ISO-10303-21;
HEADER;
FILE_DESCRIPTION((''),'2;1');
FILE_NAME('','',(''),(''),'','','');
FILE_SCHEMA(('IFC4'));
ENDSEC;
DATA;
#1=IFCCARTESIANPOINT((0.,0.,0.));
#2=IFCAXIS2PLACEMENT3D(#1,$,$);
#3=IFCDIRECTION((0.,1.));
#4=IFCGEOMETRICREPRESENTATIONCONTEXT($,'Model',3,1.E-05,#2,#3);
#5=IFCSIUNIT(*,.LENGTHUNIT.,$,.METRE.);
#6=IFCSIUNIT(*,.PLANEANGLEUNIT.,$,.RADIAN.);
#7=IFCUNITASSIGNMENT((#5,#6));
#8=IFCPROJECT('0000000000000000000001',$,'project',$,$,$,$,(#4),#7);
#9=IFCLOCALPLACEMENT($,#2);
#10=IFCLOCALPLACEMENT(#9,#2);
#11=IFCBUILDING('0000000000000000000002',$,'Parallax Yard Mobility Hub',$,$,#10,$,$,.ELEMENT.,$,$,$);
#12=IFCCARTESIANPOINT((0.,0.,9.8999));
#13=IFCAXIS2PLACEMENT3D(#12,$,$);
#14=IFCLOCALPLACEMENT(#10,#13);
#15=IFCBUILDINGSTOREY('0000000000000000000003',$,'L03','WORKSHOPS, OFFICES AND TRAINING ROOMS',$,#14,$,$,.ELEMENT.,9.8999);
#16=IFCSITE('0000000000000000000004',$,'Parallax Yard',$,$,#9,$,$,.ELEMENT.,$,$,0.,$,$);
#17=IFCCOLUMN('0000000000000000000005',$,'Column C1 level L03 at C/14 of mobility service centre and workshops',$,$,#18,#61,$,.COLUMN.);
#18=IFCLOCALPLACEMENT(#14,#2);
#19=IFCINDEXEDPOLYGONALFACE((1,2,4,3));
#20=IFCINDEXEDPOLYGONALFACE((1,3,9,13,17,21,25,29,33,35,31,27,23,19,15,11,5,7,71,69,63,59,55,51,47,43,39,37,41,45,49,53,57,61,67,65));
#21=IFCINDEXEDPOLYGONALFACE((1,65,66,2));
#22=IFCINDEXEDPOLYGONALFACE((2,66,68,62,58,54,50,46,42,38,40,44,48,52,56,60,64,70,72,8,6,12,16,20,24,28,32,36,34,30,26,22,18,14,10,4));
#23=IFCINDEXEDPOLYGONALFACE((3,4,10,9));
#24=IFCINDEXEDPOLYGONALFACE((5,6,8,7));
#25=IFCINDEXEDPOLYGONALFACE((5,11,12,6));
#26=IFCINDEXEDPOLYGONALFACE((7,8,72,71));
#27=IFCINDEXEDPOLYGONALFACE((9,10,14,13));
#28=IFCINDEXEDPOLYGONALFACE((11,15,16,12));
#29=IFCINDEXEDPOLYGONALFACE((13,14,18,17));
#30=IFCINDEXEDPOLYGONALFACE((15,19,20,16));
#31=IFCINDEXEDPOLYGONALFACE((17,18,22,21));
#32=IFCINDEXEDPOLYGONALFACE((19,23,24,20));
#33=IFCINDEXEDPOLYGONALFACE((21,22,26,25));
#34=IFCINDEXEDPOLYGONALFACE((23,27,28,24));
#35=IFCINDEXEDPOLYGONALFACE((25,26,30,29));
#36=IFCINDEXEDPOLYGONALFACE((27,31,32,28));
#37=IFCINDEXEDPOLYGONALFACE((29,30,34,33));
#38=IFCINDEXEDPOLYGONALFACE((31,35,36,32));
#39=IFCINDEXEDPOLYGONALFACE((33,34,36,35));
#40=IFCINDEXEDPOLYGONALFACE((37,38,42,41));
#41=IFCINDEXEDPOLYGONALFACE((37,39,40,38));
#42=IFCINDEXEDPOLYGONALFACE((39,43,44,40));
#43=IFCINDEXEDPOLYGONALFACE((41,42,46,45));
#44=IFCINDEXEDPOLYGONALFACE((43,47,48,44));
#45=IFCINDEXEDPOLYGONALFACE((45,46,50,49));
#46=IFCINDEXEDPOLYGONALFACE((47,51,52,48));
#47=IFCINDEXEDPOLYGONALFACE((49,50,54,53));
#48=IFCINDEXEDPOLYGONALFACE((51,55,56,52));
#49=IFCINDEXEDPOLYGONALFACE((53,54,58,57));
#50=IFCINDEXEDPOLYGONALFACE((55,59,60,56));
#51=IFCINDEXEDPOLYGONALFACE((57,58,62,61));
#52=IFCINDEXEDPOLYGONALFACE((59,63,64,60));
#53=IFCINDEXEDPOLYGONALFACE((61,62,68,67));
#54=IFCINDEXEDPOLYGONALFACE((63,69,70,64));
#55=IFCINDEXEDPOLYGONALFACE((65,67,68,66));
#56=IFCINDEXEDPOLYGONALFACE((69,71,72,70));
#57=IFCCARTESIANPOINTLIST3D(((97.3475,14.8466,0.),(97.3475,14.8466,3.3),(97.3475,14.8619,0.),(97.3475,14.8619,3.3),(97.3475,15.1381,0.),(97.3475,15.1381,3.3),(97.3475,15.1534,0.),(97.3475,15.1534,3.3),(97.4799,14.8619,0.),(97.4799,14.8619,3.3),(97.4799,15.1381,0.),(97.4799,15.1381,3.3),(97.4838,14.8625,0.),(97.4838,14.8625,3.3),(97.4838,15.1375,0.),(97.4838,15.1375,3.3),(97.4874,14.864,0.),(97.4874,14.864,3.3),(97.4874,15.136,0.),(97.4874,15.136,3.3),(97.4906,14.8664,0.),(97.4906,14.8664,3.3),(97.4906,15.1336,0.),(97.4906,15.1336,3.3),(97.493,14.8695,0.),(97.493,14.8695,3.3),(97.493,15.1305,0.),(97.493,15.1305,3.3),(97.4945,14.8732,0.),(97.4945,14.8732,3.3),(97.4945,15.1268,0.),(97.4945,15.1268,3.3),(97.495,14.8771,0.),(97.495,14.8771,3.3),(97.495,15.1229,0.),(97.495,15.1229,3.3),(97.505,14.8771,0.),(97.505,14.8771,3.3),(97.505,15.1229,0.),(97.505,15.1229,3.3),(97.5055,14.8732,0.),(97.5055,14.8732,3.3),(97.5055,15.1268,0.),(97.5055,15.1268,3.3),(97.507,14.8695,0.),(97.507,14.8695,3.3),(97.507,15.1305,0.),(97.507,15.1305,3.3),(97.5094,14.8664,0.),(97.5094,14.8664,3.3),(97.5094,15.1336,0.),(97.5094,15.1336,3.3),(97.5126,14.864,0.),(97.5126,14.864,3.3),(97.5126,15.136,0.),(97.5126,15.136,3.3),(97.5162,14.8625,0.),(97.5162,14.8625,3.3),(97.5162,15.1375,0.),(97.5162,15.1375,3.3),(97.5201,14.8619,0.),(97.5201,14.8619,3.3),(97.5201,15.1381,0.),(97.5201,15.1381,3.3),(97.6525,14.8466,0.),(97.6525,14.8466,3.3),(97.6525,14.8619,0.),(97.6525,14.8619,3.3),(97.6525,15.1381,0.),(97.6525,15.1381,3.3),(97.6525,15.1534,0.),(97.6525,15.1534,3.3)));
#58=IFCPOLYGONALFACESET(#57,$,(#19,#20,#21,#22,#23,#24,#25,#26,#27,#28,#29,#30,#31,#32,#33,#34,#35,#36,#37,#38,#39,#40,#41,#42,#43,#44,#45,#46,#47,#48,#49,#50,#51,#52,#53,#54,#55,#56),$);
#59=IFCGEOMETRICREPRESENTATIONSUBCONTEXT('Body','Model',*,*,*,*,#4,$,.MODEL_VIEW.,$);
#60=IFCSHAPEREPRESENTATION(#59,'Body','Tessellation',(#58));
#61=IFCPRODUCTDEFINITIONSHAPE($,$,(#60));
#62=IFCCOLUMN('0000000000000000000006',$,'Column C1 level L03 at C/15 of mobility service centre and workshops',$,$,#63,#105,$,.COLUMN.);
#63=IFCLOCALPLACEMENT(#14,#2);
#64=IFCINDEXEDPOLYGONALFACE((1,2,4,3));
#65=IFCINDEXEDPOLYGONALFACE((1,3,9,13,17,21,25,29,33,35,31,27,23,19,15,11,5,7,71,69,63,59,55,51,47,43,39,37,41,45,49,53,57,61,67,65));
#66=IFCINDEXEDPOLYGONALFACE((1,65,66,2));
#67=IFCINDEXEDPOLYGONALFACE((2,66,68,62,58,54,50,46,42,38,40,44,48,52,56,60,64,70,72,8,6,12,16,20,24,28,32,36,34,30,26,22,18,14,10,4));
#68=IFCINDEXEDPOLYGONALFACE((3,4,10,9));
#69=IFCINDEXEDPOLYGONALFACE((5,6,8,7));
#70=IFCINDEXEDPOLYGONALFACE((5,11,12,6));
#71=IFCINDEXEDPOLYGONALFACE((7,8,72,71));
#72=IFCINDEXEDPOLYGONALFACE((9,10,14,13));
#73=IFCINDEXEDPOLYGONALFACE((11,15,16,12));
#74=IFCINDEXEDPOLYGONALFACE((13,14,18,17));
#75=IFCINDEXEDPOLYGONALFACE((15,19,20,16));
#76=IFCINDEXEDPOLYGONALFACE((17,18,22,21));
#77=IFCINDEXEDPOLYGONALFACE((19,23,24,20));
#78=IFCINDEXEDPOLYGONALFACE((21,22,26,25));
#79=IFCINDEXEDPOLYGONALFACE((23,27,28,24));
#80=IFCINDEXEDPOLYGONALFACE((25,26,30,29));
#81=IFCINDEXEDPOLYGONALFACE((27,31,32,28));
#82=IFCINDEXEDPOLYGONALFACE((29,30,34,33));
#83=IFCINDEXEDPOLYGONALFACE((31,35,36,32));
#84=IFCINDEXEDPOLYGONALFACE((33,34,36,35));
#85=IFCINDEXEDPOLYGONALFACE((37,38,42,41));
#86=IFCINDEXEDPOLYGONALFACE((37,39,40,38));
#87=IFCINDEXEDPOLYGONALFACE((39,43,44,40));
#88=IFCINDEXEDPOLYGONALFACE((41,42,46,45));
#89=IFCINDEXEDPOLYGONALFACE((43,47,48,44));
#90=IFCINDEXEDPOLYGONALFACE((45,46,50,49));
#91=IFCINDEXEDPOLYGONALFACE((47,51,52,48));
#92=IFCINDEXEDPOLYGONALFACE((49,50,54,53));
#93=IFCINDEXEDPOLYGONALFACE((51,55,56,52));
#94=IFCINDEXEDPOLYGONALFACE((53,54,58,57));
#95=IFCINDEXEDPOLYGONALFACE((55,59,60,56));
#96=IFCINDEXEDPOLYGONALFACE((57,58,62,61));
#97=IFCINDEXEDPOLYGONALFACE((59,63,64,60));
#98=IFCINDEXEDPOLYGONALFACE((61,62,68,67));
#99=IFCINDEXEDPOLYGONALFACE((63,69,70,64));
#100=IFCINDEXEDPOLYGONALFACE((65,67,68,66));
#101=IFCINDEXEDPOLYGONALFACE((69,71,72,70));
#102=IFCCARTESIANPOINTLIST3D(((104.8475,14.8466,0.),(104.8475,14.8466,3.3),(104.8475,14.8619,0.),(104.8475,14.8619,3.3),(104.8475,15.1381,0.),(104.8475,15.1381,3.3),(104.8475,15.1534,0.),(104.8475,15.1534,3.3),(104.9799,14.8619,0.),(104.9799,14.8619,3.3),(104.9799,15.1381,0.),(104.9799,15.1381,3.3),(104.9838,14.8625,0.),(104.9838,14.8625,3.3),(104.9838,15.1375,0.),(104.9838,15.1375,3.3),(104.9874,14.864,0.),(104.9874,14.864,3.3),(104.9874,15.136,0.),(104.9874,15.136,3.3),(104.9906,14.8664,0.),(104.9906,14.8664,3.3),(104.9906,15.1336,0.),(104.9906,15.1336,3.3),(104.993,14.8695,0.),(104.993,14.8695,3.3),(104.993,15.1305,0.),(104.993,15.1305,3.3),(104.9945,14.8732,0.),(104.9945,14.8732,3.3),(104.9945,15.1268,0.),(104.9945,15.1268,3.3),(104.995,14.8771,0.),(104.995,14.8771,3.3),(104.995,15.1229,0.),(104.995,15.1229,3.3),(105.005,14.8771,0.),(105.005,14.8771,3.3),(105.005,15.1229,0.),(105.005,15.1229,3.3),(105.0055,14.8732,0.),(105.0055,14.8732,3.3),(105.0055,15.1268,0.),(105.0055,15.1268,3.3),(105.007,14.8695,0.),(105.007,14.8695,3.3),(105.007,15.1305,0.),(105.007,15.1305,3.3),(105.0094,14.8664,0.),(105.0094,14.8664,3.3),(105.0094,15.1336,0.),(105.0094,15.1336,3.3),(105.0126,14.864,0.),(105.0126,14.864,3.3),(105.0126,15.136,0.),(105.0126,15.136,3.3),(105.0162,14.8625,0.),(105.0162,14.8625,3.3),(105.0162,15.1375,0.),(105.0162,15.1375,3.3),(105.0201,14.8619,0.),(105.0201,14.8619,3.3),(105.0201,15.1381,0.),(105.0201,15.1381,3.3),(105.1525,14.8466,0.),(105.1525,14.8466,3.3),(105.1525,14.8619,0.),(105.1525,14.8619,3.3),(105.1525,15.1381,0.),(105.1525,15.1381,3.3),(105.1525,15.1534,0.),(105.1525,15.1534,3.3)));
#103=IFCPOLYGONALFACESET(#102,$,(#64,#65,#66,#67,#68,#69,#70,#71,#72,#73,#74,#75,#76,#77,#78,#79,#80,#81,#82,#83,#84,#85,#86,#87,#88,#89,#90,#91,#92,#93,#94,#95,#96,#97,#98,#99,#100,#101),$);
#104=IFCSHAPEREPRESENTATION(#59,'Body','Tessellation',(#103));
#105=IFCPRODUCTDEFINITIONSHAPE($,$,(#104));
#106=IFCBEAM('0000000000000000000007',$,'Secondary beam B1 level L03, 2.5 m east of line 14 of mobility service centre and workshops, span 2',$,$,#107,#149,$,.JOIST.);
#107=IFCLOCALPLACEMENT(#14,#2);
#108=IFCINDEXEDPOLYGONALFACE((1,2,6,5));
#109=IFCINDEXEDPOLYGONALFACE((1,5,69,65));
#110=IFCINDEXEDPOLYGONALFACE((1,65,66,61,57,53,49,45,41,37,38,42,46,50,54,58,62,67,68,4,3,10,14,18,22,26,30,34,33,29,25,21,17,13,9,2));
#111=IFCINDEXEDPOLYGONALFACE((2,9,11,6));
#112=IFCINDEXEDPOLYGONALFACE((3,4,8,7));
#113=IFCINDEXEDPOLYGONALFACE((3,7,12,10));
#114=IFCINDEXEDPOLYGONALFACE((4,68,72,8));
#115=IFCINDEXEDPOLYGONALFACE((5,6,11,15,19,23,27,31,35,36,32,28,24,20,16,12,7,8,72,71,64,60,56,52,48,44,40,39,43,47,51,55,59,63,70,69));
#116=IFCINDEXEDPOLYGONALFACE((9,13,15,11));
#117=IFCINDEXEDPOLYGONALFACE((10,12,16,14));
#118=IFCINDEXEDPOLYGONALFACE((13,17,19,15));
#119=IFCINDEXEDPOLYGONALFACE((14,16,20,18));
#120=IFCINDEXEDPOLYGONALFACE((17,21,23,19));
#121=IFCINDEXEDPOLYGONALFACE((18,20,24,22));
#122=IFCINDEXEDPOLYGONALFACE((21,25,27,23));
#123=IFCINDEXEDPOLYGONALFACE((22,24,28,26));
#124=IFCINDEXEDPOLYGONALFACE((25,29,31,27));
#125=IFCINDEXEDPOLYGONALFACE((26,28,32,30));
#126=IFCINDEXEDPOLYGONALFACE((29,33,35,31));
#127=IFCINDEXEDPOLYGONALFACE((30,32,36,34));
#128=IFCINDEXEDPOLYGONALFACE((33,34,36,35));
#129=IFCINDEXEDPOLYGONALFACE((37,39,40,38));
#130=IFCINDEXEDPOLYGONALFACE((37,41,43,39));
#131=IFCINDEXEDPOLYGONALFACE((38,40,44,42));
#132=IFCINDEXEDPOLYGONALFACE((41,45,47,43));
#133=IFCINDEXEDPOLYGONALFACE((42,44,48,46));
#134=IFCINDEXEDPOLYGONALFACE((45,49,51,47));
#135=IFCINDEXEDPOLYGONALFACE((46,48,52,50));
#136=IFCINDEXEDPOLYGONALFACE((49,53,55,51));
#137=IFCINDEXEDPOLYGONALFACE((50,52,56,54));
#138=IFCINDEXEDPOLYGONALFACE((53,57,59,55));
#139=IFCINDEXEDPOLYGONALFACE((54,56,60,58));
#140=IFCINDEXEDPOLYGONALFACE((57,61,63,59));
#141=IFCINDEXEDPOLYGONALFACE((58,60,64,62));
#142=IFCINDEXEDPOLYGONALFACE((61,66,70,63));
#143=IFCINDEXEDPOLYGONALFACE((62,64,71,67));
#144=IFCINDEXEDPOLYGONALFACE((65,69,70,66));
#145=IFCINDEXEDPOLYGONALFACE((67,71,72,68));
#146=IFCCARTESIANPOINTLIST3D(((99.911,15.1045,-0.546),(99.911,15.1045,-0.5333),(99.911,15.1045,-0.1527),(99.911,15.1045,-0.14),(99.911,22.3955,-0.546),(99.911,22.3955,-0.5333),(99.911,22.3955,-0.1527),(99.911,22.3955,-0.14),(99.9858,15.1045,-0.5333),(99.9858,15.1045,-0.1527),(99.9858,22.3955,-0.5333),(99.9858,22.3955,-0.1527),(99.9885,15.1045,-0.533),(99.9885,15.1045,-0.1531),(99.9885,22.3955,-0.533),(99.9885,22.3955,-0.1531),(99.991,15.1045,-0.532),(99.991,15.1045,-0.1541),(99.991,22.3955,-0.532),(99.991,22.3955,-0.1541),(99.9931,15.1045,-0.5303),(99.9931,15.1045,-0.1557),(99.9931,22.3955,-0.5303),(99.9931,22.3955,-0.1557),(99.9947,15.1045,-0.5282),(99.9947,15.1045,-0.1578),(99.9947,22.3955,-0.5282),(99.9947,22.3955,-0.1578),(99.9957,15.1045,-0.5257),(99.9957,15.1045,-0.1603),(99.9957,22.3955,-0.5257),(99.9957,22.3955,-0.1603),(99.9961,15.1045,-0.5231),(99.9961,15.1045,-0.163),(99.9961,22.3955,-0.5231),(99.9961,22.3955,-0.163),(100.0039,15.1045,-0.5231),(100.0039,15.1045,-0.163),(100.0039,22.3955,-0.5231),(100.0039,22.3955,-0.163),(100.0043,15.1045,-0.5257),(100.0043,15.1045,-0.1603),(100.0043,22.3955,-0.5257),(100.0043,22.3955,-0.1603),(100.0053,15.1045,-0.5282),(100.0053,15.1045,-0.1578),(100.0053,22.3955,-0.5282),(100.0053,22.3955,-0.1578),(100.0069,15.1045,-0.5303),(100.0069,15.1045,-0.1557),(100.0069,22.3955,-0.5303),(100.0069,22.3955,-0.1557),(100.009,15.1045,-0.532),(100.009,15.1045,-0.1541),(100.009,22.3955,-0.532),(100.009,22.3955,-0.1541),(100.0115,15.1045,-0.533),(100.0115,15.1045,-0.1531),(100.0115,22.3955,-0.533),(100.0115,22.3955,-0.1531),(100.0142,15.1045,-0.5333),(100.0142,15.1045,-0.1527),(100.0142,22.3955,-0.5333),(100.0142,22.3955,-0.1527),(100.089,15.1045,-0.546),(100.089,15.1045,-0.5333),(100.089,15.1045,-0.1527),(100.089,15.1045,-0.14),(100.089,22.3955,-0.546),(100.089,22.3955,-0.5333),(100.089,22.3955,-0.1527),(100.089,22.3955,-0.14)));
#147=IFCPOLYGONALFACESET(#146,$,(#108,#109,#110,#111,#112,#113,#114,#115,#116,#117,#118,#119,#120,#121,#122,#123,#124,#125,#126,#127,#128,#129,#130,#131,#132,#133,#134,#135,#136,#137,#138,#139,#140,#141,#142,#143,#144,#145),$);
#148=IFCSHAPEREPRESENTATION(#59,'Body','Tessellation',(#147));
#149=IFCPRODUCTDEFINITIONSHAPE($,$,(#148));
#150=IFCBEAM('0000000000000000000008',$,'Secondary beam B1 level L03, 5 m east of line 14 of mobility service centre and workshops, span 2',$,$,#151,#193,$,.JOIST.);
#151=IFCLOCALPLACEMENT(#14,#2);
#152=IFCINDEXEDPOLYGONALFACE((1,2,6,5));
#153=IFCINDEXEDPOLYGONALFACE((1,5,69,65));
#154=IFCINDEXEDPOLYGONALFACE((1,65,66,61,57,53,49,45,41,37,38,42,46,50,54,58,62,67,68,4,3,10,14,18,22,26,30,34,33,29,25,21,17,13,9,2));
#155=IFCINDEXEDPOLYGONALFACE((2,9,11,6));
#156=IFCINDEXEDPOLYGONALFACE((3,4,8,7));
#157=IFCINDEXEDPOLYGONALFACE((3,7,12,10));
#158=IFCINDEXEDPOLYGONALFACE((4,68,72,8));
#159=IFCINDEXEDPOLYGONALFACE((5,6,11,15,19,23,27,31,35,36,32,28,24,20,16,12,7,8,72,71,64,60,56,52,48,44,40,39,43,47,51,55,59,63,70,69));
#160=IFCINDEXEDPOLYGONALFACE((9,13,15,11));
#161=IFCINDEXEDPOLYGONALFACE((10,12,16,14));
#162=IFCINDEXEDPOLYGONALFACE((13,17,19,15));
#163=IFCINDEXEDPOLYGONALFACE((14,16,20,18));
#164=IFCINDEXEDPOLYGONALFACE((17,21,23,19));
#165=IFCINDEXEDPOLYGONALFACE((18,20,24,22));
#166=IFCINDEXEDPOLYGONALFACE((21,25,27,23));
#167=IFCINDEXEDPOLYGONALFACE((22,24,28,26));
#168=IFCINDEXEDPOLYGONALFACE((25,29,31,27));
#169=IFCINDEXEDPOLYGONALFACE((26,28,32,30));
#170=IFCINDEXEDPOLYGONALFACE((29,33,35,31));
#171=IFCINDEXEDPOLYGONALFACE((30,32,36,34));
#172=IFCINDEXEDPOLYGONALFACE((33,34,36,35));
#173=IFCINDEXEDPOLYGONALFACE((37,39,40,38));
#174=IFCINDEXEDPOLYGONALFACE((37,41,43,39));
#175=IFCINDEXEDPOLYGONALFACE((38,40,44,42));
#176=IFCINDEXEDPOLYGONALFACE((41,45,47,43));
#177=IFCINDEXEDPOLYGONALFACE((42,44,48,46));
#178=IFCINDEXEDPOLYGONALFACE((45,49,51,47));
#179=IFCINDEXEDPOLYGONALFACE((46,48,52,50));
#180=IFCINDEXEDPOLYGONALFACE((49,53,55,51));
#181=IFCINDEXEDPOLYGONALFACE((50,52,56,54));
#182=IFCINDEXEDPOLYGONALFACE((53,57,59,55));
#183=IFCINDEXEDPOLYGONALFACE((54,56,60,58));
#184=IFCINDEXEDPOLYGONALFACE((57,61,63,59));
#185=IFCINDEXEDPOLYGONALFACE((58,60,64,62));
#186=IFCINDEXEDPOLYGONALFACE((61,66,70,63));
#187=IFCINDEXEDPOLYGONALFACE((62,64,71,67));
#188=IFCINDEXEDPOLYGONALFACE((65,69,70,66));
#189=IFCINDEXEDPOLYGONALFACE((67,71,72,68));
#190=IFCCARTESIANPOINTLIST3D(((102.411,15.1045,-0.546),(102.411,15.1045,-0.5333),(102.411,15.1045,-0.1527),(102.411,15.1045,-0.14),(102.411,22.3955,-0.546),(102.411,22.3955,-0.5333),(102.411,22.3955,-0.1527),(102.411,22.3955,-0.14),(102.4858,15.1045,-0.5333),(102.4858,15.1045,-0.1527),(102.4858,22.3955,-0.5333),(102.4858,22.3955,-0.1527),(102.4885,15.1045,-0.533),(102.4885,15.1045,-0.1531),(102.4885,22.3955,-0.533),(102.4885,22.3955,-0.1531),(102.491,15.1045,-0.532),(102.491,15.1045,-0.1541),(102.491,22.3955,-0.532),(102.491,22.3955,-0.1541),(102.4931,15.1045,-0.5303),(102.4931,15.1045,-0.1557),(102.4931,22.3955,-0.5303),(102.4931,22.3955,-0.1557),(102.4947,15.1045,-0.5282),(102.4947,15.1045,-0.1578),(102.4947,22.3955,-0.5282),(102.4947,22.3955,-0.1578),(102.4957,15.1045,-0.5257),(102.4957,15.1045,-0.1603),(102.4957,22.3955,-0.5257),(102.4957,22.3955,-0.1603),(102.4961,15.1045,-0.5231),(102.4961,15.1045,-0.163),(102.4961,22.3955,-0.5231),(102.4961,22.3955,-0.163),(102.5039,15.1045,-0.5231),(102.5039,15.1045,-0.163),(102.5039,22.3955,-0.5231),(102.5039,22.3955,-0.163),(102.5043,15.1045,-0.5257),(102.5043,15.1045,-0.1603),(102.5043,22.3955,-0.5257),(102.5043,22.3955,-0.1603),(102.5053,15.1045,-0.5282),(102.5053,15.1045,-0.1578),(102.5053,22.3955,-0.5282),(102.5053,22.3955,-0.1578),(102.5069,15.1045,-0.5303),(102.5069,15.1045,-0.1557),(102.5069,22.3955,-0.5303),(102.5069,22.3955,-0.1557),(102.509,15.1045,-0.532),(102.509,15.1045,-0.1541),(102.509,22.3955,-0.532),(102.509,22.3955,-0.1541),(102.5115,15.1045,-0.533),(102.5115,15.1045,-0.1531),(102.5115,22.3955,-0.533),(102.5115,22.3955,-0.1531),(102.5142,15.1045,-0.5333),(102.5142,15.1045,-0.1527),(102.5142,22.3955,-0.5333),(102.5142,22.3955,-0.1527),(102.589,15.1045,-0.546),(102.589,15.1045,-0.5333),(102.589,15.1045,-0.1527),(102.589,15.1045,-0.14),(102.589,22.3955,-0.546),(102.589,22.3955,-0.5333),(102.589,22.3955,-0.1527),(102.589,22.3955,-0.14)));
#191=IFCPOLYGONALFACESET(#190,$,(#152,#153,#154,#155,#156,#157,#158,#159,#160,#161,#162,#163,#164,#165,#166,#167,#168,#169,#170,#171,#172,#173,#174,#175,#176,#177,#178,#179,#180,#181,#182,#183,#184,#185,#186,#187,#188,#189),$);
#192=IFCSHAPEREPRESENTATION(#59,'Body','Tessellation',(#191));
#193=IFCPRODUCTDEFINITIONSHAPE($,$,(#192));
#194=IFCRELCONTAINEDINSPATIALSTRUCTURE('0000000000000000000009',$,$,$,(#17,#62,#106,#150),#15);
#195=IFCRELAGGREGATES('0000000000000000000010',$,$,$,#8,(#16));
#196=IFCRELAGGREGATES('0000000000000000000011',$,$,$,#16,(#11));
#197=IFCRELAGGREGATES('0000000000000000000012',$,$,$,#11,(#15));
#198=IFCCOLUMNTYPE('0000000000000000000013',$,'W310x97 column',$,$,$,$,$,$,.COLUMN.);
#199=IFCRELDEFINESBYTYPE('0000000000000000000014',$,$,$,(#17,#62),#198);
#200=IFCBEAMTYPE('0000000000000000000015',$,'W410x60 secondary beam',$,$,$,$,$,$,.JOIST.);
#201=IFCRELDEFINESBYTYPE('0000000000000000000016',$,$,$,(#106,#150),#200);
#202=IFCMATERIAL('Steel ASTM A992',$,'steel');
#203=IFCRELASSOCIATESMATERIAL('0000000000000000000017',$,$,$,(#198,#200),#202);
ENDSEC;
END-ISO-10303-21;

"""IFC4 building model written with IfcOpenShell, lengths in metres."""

from ifc_helpers import new_model, si_unit, direction, frame, origin, origin_2d, place, context, subcontext, project, spatial, i_section, extrude, material, material_profile, profile_set, type_object, element, save


model = new_model("IFC4")

# Units and contexts
model_context = context("Model", 3, precision=1e-05, world=origin(), true_north=direction((0.0, 1.0)))
body_context = subcontext(model_context, "Body", "Model", "MODEL_VIEW")
ifc_project = project(units=[si_unit("LENGTHUNIT", "METRE"), si_unit("PLANEANGLEUNIT", "RADIAN")], contexts=[model_context])

# Site, building, storey
site_placement = place(None, origin())
site = spatial("IfcSite", under=ifc_project, at=site_placement, Name="Parallax Yard", CompositionType="ELEMENT", RefElevation=0.0)
building_placement = place(site_placement, origin())
building = spatial("IfcBuilding", under=site, at=building_placement, Name="Parallax Yard Mobility Hub", CompositionType="ELEMENT")
storey_placement = place(building_placement, frame((0.0, 0.0, 9.8999)))
storey = spatial("IfcBuildingStorey", under=building, at=storey_placement, Name="L03", Description="WORKSHOPS, OFFICES AND TRAINING ROOMS", CompositionType="ELEMENT", Elevation=9.8999)

# Columns
ifc_material_1 = material(Name="Steel ASTM A992", Category="steel")
ifc_material_profile_1 = material_profile(ifc_material_1, i_section(OverallWidth=0.3049, OverallDepth=0.3069, WebThickness=0.01, FlangeThickness=0.0154, FilletRadius=0.0151, at=origin_2d()), Name="W310x97")
ifc_profile_set_1 = profile_set([ifc_material_profile_1], Name="Steel ASTM A992")
column_type = type_object("IfcColumnType", Name="W310x97 column", PredefinedType="COLUMN", material=ifc_profile_set_1)
for number, where, z_axis, x_axis, name in (
    (1, (97.5, 15.0, 0.0), (0.0, 0.0, 1.0), (1.0, 0.0, 0.0), "Column C1 level L03 at C/14 of mobility service centre and workshops"),
    (2, (105.0, 15.0, 0.0), (0.0, 0.0, 1.0), (1.0, 0.0, 0.0), "Column C1 level L03 at C/15 of mobility service centre and workshops"),
):
    element("IfcColumn", number, at=place(storey_placement, frame(where, z_axis=z_axis, x_axis=x_axis)), inside=storey, type_object=column_type, Name=name, PredefinedType="COLUMN", context=body_context, shape_type="SweptSolid", body=[
        extrude(i_section(OverallWidth=0.3049, OverallDepth=0.3069, WebThickness=0.01, FlangeThickness=0.0154, FilletRadius=0.0151, at=origin_2d()), origin(), (0.0, 0.0, 1.0), 3.3),
    ])

# Beams
ifc_material_profile_2 = material_profile(ifc_material_1, i_section(OverallWidth=0.178, OverallDepth=0.406, WebThickness=0.0078, FlangeThickness=0.0127, FilletRadius=0.0103, at=origin_2d()), Name="W410x60")
ifc_profile_set_2 = profile_set([ifc_material_profile_2], Name="Steel ASTM A992")
beam_type_1 = type_object("IfcBeamType", Name="W410x60 secondary beam", PredefinedType="JOIST", material=ifc_profile_set_2)
for number, where, z_axis, x_axis, name in (
    (3, (100.0, 15.1045, -0.343), (0.0, 1.0, 0.0), (-1.0, 0.0, 0.0), "Secondary beam B1 level L03, 2.5 m east of line 14 of mobility service centre and workshops, span 2"),
    (4, (102.5, 15.1045, -0.343), (0.0, 1.0, 0.0), (-1.0, 0.0, 0.0), "Secondary beam B1 level L03, 5 m east of line 14 of mobility service centre and workshops, span 2"),
):
    element("IfcBeam", number, at=place(storey_placement, frame(where, z_axis=z_axis, x_axis=x_axis)), inside=storey, type_object=beam_type_1, Name=name, PredefinedType="JOIST", context=body_context, shape_type="SweptSolid", body=[
        extrude(i_section(OverallWidth=0.178, OverallDepth=0.406, WebThickness=0.0078, FlangeThickness=0.0127, FilletRadius=0.0103, at=origin_2d()), origin(), (0.0, 0.0, 1.0), 7.291),
    ])

save(model, "model.ifc")
